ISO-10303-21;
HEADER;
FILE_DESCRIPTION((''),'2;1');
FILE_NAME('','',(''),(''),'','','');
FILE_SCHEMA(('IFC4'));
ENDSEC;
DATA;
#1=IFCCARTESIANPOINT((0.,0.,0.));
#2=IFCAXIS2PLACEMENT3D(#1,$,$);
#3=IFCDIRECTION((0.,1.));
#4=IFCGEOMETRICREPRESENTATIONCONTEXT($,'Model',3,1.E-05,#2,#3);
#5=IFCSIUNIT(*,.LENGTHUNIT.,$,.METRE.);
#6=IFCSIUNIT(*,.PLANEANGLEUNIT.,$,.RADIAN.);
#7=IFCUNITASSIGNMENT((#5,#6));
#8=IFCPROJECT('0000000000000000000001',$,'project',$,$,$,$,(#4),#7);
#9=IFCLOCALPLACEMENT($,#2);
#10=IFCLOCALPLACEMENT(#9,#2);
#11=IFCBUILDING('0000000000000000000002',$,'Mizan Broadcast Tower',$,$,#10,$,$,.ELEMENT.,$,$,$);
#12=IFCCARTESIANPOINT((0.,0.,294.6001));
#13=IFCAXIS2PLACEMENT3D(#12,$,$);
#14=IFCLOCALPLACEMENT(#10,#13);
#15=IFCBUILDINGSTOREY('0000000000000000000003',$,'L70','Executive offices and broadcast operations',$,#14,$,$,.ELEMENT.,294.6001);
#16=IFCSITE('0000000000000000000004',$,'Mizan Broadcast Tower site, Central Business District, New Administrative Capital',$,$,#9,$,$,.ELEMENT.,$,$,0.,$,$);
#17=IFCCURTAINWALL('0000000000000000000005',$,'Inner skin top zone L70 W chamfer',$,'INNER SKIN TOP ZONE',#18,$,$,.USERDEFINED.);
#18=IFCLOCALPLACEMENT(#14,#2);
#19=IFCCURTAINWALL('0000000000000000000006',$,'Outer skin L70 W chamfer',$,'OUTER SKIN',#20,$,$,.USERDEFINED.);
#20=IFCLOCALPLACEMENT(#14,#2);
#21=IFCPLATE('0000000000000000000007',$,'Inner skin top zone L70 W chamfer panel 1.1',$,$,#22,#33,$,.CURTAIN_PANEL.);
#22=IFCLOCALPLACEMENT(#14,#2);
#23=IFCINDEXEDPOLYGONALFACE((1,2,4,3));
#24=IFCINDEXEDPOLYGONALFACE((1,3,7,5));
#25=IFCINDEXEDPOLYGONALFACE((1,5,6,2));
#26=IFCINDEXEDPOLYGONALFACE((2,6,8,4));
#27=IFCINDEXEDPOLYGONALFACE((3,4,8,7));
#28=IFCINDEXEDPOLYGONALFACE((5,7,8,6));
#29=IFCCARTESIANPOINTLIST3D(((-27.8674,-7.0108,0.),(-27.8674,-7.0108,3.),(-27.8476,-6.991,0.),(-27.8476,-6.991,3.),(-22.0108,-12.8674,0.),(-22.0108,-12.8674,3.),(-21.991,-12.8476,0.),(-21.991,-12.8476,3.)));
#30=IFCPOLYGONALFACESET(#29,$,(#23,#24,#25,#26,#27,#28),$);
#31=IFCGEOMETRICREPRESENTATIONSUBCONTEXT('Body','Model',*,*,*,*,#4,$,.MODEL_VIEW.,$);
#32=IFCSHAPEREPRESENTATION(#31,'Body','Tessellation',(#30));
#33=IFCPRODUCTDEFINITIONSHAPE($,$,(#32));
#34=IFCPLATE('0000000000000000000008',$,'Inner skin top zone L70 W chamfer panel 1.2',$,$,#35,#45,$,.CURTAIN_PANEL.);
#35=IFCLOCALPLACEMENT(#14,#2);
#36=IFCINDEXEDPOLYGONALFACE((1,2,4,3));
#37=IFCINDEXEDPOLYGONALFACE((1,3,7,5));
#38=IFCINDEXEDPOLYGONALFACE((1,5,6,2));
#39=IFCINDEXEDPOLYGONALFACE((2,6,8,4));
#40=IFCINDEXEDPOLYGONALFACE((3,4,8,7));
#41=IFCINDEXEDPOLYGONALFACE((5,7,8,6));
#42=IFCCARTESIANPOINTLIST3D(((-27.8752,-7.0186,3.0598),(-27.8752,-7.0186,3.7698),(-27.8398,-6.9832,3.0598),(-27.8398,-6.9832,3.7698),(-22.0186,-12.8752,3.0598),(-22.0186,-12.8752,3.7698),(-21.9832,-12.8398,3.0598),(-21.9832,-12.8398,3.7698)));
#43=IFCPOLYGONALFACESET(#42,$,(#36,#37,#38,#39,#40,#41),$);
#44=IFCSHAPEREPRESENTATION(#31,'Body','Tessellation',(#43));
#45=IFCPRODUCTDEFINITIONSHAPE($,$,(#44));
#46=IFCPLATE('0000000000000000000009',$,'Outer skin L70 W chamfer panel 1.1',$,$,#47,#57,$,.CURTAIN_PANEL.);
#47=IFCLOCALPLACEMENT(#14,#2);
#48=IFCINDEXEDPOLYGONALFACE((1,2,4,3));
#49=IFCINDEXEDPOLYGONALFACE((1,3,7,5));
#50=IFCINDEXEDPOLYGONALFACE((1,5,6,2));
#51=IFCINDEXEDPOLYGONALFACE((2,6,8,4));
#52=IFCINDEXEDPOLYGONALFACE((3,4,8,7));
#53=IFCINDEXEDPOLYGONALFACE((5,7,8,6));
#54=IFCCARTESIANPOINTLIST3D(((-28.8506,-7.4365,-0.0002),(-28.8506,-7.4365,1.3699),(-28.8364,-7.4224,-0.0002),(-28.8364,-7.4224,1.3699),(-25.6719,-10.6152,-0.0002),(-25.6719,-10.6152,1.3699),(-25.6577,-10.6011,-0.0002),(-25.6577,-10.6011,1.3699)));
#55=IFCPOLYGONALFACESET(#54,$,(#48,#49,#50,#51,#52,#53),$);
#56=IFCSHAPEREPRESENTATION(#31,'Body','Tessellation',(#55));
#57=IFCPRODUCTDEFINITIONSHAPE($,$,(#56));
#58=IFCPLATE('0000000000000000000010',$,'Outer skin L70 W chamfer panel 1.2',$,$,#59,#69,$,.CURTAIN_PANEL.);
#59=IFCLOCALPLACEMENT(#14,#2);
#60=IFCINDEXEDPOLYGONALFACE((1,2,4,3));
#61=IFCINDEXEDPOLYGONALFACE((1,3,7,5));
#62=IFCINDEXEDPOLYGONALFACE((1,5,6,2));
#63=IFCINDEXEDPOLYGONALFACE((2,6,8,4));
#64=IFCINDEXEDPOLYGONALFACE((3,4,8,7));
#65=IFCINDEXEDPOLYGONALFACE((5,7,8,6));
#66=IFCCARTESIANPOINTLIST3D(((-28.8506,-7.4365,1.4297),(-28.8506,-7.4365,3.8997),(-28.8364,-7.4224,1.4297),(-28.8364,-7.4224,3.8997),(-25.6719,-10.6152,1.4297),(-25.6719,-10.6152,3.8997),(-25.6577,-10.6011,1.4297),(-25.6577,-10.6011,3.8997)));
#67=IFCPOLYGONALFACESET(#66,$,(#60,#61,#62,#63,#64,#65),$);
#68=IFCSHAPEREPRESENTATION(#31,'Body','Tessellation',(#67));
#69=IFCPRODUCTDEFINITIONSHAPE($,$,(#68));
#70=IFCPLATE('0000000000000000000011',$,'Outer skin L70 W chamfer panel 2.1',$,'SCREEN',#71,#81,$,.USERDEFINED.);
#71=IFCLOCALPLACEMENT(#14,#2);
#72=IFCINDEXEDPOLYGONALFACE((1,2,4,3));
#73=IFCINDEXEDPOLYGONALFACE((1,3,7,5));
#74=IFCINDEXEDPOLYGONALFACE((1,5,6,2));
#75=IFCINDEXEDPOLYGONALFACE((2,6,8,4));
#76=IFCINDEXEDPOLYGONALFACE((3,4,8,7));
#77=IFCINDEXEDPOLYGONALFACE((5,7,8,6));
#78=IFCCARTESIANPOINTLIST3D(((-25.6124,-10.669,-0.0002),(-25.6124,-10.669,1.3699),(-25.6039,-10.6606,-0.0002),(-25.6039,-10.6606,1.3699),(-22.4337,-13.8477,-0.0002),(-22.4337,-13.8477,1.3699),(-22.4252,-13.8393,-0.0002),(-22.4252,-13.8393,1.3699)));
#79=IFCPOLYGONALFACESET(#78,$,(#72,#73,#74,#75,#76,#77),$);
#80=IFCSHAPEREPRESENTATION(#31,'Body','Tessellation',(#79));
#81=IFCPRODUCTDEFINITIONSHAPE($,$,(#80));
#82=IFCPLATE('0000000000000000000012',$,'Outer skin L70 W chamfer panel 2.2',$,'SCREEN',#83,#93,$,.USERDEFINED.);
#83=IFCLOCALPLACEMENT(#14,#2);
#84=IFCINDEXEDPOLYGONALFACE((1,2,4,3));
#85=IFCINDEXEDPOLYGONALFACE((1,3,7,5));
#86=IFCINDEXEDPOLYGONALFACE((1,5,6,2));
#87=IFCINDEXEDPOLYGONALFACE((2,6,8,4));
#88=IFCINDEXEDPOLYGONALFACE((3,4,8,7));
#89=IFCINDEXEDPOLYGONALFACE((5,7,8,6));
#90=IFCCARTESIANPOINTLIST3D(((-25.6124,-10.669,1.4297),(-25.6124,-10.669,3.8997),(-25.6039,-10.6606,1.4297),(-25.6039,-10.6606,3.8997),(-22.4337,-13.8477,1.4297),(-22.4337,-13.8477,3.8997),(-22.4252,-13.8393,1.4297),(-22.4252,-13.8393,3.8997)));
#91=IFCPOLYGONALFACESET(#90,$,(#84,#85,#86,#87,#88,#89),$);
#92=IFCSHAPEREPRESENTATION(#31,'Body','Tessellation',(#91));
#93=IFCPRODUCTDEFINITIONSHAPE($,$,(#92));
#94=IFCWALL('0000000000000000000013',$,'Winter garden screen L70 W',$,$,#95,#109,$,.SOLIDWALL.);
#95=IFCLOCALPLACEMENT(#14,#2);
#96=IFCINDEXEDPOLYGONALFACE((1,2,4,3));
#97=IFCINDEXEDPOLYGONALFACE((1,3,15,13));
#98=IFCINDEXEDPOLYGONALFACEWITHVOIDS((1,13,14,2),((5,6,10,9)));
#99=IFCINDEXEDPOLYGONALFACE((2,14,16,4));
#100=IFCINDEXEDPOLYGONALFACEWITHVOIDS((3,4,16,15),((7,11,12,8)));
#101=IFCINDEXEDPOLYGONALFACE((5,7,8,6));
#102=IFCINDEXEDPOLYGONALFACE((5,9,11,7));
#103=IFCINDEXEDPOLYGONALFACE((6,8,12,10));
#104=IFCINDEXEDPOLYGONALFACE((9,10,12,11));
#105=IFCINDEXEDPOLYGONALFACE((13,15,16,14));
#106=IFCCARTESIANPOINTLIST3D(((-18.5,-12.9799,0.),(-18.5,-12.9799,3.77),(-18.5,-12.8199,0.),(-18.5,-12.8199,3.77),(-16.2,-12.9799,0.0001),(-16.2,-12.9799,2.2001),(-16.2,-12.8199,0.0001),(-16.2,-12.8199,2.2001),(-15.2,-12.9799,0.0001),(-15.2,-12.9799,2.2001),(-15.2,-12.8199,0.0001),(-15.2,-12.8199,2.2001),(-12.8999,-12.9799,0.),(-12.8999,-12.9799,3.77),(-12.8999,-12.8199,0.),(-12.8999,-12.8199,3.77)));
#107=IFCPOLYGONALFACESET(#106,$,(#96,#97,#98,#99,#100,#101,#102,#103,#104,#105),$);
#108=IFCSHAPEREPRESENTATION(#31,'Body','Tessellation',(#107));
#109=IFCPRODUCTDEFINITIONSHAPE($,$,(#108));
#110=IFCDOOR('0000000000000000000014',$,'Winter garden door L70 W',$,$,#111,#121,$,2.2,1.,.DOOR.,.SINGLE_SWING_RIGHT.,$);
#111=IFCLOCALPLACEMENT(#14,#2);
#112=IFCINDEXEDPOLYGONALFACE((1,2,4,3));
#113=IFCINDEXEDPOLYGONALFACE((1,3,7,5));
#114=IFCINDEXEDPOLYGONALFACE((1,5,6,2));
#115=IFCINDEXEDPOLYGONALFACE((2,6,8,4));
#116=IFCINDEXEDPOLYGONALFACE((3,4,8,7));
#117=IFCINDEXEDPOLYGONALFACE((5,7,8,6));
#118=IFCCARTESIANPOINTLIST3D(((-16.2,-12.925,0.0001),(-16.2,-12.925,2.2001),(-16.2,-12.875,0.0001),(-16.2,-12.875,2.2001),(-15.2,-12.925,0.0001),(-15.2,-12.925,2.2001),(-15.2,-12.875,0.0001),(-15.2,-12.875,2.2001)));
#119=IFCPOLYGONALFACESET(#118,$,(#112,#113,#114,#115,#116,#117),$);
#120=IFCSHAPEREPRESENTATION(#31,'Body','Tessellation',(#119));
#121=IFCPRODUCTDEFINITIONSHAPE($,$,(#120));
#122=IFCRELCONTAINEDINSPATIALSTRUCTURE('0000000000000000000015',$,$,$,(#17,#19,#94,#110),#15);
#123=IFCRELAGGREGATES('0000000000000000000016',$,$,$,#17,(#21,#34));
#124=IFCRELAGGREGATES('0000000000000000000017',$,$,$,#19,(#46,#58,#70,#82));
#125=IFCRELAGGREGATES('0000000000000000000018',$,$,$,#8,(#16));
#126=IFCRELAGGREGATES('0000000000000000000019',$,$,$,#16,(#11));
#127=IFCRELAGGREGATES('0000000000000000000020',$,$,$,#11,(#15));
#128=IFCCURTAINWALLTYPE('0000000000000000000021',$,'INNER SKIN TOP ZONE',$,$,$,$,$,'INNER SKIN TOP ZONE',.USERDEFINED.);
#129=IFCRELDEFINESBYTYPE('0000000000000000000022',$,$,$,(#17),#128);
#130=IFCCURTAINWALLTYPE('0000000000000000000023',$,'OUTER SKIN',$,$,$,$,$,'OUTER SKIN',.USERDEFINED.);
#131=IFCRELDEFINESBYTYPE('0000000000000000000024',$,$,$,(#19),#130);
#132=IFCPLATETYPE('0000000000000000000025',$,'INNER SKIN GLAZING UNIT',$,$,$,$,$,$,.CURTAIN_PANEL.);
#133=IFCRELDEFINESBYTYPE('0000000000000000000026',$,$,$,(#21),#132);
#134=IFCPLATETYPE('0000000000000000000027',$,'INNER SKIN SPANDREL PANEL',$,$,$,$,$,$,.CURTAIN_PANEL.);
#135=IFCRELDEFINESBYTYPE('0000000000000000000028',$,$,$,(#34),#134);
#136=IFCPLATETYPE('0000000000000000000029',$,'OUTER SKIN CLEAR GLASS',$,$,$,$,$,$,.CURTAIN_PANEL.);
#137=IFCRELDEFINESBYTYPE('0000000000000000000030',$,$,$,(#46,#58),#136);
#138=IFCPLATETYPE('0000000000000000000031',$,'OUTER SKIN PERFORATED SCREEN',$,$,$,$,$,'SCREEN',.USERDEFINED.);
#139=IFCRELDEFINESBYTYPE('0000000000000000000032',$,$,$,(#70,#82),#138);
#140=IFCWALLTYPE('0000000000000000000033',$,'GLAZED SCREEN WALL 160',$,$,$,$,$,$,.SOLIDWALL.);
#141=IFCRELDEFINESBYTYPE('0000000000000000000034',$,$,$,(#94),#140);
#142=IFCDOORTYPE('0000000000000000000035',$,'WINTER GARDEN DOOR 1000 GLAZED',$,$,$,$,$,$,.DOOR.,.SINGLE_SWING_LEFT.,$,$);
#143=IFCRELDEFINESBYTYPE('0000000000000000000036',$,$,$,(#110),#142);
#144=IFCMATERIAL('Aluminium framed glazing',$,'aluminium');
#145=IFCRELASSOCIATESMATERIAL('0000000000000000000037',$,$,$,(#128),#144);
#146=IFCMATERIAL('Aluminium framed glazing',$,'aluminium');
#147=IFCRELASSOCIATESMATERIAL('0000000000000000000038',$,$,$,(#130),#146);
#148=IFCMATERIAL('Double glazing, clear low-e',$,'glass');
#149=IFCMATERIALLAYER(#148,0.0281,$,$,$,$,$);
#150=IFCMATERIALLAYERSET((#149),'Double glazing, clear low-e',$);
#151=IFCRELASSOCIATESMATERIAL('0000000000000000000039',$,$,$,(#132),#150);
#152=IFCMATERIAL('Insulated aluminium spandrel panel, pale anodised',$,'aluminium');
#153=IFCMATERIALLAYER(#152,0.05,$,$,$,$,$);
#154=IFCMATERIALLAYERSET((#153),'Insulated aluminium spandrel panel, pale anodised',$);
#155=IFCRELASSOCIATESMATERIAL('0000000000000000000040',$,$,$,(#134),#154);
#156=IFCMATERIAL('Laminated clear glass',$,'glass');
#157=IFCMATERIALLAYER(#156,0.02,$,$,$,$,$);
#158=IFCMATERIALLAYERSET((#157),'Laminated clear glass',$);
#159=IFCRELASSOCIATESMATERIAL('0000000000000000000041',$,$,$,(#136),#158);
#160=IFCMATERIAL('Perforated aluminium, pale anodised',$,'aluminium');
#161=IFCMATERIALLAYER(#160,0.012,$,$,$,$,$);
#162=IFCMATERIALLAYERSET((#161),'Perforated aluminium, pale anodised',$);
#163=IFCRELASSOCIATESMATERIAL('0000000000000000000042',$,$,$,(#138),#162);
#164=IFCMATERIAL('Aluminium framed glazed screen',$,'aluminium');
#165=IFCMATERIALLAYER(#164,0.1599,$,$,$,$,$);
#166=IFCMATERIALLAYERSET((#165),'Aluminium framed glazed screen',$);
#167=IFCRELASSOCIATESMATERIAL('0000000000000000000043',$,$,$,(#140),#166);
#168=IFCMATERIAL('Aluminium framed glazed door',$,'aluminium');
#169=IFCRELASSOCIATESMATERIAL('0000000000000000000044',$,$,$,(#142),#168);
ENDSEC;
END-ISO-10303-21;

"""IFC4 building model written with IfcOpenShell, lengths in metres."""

from ifc_helpers import new_model, si_unit, direction, frame, frame_2d, origin, origin_2d, place, context, subcontext, project, spatial, rectangle, extrude, material, layer, layer_set, type_object, element, fill, aggregate, save


model = new_model("IFC4")

# Units and contexts
model_context = context("Model", 3, precision=1e-05, world=origin(), true_north=direction((0.0, 1.0)))
body_context = subcontext(model_context, "Body", "Model", "MODEL_VIEW")
ifc_project = project(units=[si_unit("LENGTHUNIT", "METRE"), si_unit("PLANEANGLEUNIT", "RADIAN")], contexts=[model_context])

# Site, building, storey
site_placement = place(None, origin())
site = spatial("IfcSite", under=ifc_project, at=site_placement, Name="Mizan Broadcast Tower site, Central Business District, New Administrative Capital", CompositionType="ELEMENT", RefElevation=0.0)
building_placement = place(site_placement, origin())
building = spatial("IfcBuilding", under=site, at=building_placement, Name="Mizan Broadcast Tower", CompositionType="ELEMENT")
storey_placement = place(building_placement, frame((0.0, 0.0, 294.6001)))
storey = spatial("IfcBuildingStorey", under=building, at=storey_placement, Name="L70", Description="Executive offices and broadcast operations", CompositionType="ELEMENT", Elevation=294.6001)

# Shared definitions
ifc_material_1 = material(Name="Aluminium framed glazing", Category="aluminium")
curtain_wall_type_1 = type_object("IfcCurtainWallType", Name="INNER SKIN TOP ZONE", ElementType="INNER SKIN TOP ZONE", PredefinedType="USERDEFINED", material=ifc_material_1)

# Curtain wall
curtain_wall_1_placement = place(storey_placement, origin())
curtain_wall_1 = element("IfcCurtainWall", 1, at=curtain_wall_1_placement, inside=storey, type_object=curtain_wall_type_1, Name="Inner skin top zone L70 W chamfer", ObjectType="INNER SKIN TOP ZONE", PredefinedType="USERDEFINED")

# Curtain wall
ifc_material_2 = material(Name="Aluminium framed glazing", Category="aluminium")
curtain_wall_type_2 = type_object("IfcCurtainWallType", Name="OUTER SKIN", ElementType="OUTER SKIN", PredefinedType="USERDEFINED", material=ifc_material_2)
curtain_wall_2_placement = place(storey_placement, origin())
curtain_wall_2 = element("IfcCurtainWall", 2, at=curtain_wall_2_placement, inside=storey, type_object=curtain_wall_type_2, Name="Outer skin L70 W chamfer", ObjectType="OUTER SKIN", PredefinedType="USERDEFINED")

# Plates
ifc_material_3 = material(Name="Double glazing, clear low-e", Category="glass")
ifc_layer_1 = layer(ifc_material_3, 0.0281)
ifc_layer_set_1 = layer_set([ifc_layer_1], Name="Double glazing, clear low-e")
plate_type_1 = type_object("IfcPlateType", Name="INNER SKIN GLAZING UNIT", PredefinedType="CURTAIN_PANEL", material=ifc_layer_set_1)
plate_1_placement = place(storey_placement, frame((-24.9292, -9.9292, 0.0), z_axis=(0.0, 0.0, 1.0), x_axis=(0.707107, -0.707107, 0.0)))
plate_1 = element("IfcPlate", 3, at=plate_1_placement, type_object=plate_type_1, Name="Inner skin top zone L70 W chamfer panel 1.1", PredefinedType="CURTAIN_PANEL", context=body_context, shape_type="SweptSolid", body=[
    extrude(rectangle(XDim=8.2825, YDim=0.0281, at=origin_2d()), origin(), (0.0, 0.0, 1.0), 3.0),
])
ifc_material_4 = material(Name="Insulated aluminium spandrel panel, pale anodised", Category="aluminium")
ifc_layer_2 = layer(ifc_material_4, 0.05)
ifc_layer_set_2 = layer_set([ifc_layer_2], Name="Insulated aluminium spandrel panel, pale anodised")
plate_type_2 = type_object("IfcPlateType", Name="INNER SKIN SPANDREL PANEL", PredefinedType="CURTAIN_PANEL", material=ifc_layer_set_2)
plate_2_placement = place(storey_placement, frame((-24.9292, -9.9292, 3.0598), z_axis=(0.0, 0.0, 1.0), x_axis=(0.707107, -0.707107, 0.0)))
plate_2 = element("IfcPlate", 4, at=plate_2_placement, type_object=plate_type_2, Name="Inner skin top zone L70 W chamfer panel 1.2", PredefinedType="CURTAIN_PANEL", context=body_context, shape_type="SweptSolid", body=[
    extrude(rectangle(XDim=8.2825, YDim=0.05, at=origin_2d()), origin(), (0.0, 0.0, 1.0), 0.71),
])
aggregate(curtain_wall_1, [plate_1, plate_2])
ifc_material_5 = material(Name="Laminated clear glass", Category="glass")
ifc_layer_3 = layer(ifc_material_5, 0.02)
ifc_layer_set_3 = layer_set([ifc_layer_3], Name="Laminated clear glass")
plate_type_3 = type_object("IfcPlateType", Name="OUTER SKIN CLEAR GLASS", PredefinedType="CURTAIN_PANEL", material=ifc_layer_set_3)
plate_3_placement = place(storey_placement, frame((-27.2542, -9.0188, -0.0002), z_axis=(0.0, 0.0, 1.0), x_axis=(0.707107, -0.707107, 0.0)))
plate_3 = element("IfcPlate", 5, at=plate_3_placement, type_object=plate_type_3, Name="Outer skin L70 W chamfer panel 1.1", PredefinedType="CURTAIN_PANEL", context=body_context, shape_type="SweptSolid", body=[
    extrude(rectangle(XDim=4.4954, YDim=0.02, at=origin_2d()), origin(), (0.0, 0.0, 1.0), 1.3701),
])
plate_4_placement = place(storey_placement, frame((-27.2542, -9.0188, 1.4297), z_axis=(0.0, 0.0, 1.0), x_axis=(0.707107, -0.707107, 0.0)))
plate_4 = element("IfcPlate", 6, at=plate_4_placement, type_object=plate_type_3, Name="Outer skin L70 W chamfer panel 1.2", PredefinedType="CURTAIN_PANEL", context=body_context, shape_type="SweptSolid", body=[
    extrude(rectangle(XDim=4.4954, YDim=0.02, at=origin_2d()), origin(), (0.0, 0.0, 1.0), 2.47),
])
ifc_material_6 = material(Name="Perforated aluminium, pale anodised", Category="aluminium")
ifc_layer_4 = layer(ifc_material_6, 0.012)
ifc_layer_set_4 = layer_set([ifc_layer_4], Name="Perforated aluminium, pale anodised")
plate_type_4 = type_object("IfcPlateType", Name="OUTER SKIN PERFORATED SCREEN", ElementType="SCREEN", PredefinedType="USERDEFINED", material=ifc_layer_set_4)
plate_5_placement = place(storey_placement, frame((-24.0188, -12.2542, -0.0002), z_axis=(0.0, 0.0, 1.0), x_axis=(0.707107, -0.707107, 0.0)))
plate_5 = element("IfcPlate", 7, at=plate_5_placement, type_object=plate_type_4, Name="Outer skin L70 W chamfer panel 2.1", ObjectType="SCREEN", PredefinedType="USERDEFINED", context=body_context, shape_type="SweptSolid", body=[
    extrude(rectangle(XDim=4.4954, YDim=0.012, at=origin_2d()), origin(), (0.0, 0.0, 1.0), 1.3701),
])
plate_6_placement = place(storey_placement, frame((-24.0188, -12.2542, 1.4297), z_axis=(0.0, 0.0, 1.0), x_axis=(0.707107, -0.707107, 0.0)))
plate_6 = element("IfcPlate", 8, at=plate_6_placement, type_object=plate_type_4, Name="Outer skin L70 W chamfer panel 2.2", ObjectType="SCREEN", PredefinedType="USERDEFINED", context=body_context, shape_type="SweptSolid", body=[
    extrude(rectangle(XDim=4.4954, YDim=0.012, at=origin_2d()), origin(), (0.0, 0.0, 1.0), 2.47),
])
aggregate(curtain_wall_2, [plate_3, plate_4, plate_5, plate_6])

# Wall, opening, door
ifc_material_7 = material(Name="Aluminium framed glazed screen", Category="aluminium")
ifc_layer_5 = layer(ifc_material_7, 0.1599)
ifc_layer_set_5 = layer_set([ifc_layer_5], Name="Aluminium framed glazed screen")
wall_type = type_object("IfcWallType", Name="GLAZED SCREEN WALL 160", PredefinedType="SOLIDWALL", material=ifc_layer_set_5)
wall_placement = place(storey_placement, frame((-18.5, -12.8999, 0.0), z_axis=(0.0, 0.0, 1.0), x_axis=(1.0, 0.0, 0.0)))
wall = element("IfcWall", 9, at=wall_placement, inside=storey, type_object=wall_type, Name="Winter garden screen L70 W", PredefinedType="SOLIDWALL", context=body_context, shape_type="SweptSolid", body=[
    extrude(rectangle(XDim=5.6001, YDim=0.1599, at=frame_2d((2.8, 0.0))), origin(), (0.0, 0.0, 1.0), 3.77),
])
opening_placement = place(wall_placement, frame((2.3, 0.0, 0.0)))
opening = element("IfcOpeningElement", 10, at=opening_placement, cuts=wall, PredefinedType="OPENING", context=body_context, shape_type="SweptSolid", body=[
    extrude(rectangle(XDim=1.0, YDim=2.2, at=frame_2d((0.5, 1.1001))), frame((0.0, 0.0898, 0.0), z_axis=(0.0, -1.0, 0.0), x_axis=(1.0, 0.0, 0.0)), (0.0, 0.0, 1.0), 0.1799),
])
ifc_material_8 = material(Name="Aluminium framed glazed door", Category="aluminium")
door_type = type_object("IfcDoorType", Name="WINTER GARDEN DOOR 1000 GLAZED", OperationType="SINGLE_SWING_LEFT", PredefinedType="DOOR", material=ifc_material_8)
door_placement = place(opening_placement, origin())
door = element("IfcDoor", 11, at=door_placement, inside=storey, type_object=door_type, Name="Winter garden door L70 W", OperationType="SINGLE_SWING_RIGHT", OverallHeight=2.2, OverallWidth=1.0, PredefinedType="DOOR", context=body_context, shape_type="SweptSolid", body=[
    extrude(rectangle(XDim=1.0, YDim=2.2, at=frame_2d((0.5, 1.1001))), frame((0.0, 0.0249, 0.0), z_axis=(0.0, -1.0, 0.0), x_axis=(1.0, 0.0, 0.0)), (0.0, 0.0, 1.0), 0.05),
])
fill(opening, door)

save(model, "model.ifc")
